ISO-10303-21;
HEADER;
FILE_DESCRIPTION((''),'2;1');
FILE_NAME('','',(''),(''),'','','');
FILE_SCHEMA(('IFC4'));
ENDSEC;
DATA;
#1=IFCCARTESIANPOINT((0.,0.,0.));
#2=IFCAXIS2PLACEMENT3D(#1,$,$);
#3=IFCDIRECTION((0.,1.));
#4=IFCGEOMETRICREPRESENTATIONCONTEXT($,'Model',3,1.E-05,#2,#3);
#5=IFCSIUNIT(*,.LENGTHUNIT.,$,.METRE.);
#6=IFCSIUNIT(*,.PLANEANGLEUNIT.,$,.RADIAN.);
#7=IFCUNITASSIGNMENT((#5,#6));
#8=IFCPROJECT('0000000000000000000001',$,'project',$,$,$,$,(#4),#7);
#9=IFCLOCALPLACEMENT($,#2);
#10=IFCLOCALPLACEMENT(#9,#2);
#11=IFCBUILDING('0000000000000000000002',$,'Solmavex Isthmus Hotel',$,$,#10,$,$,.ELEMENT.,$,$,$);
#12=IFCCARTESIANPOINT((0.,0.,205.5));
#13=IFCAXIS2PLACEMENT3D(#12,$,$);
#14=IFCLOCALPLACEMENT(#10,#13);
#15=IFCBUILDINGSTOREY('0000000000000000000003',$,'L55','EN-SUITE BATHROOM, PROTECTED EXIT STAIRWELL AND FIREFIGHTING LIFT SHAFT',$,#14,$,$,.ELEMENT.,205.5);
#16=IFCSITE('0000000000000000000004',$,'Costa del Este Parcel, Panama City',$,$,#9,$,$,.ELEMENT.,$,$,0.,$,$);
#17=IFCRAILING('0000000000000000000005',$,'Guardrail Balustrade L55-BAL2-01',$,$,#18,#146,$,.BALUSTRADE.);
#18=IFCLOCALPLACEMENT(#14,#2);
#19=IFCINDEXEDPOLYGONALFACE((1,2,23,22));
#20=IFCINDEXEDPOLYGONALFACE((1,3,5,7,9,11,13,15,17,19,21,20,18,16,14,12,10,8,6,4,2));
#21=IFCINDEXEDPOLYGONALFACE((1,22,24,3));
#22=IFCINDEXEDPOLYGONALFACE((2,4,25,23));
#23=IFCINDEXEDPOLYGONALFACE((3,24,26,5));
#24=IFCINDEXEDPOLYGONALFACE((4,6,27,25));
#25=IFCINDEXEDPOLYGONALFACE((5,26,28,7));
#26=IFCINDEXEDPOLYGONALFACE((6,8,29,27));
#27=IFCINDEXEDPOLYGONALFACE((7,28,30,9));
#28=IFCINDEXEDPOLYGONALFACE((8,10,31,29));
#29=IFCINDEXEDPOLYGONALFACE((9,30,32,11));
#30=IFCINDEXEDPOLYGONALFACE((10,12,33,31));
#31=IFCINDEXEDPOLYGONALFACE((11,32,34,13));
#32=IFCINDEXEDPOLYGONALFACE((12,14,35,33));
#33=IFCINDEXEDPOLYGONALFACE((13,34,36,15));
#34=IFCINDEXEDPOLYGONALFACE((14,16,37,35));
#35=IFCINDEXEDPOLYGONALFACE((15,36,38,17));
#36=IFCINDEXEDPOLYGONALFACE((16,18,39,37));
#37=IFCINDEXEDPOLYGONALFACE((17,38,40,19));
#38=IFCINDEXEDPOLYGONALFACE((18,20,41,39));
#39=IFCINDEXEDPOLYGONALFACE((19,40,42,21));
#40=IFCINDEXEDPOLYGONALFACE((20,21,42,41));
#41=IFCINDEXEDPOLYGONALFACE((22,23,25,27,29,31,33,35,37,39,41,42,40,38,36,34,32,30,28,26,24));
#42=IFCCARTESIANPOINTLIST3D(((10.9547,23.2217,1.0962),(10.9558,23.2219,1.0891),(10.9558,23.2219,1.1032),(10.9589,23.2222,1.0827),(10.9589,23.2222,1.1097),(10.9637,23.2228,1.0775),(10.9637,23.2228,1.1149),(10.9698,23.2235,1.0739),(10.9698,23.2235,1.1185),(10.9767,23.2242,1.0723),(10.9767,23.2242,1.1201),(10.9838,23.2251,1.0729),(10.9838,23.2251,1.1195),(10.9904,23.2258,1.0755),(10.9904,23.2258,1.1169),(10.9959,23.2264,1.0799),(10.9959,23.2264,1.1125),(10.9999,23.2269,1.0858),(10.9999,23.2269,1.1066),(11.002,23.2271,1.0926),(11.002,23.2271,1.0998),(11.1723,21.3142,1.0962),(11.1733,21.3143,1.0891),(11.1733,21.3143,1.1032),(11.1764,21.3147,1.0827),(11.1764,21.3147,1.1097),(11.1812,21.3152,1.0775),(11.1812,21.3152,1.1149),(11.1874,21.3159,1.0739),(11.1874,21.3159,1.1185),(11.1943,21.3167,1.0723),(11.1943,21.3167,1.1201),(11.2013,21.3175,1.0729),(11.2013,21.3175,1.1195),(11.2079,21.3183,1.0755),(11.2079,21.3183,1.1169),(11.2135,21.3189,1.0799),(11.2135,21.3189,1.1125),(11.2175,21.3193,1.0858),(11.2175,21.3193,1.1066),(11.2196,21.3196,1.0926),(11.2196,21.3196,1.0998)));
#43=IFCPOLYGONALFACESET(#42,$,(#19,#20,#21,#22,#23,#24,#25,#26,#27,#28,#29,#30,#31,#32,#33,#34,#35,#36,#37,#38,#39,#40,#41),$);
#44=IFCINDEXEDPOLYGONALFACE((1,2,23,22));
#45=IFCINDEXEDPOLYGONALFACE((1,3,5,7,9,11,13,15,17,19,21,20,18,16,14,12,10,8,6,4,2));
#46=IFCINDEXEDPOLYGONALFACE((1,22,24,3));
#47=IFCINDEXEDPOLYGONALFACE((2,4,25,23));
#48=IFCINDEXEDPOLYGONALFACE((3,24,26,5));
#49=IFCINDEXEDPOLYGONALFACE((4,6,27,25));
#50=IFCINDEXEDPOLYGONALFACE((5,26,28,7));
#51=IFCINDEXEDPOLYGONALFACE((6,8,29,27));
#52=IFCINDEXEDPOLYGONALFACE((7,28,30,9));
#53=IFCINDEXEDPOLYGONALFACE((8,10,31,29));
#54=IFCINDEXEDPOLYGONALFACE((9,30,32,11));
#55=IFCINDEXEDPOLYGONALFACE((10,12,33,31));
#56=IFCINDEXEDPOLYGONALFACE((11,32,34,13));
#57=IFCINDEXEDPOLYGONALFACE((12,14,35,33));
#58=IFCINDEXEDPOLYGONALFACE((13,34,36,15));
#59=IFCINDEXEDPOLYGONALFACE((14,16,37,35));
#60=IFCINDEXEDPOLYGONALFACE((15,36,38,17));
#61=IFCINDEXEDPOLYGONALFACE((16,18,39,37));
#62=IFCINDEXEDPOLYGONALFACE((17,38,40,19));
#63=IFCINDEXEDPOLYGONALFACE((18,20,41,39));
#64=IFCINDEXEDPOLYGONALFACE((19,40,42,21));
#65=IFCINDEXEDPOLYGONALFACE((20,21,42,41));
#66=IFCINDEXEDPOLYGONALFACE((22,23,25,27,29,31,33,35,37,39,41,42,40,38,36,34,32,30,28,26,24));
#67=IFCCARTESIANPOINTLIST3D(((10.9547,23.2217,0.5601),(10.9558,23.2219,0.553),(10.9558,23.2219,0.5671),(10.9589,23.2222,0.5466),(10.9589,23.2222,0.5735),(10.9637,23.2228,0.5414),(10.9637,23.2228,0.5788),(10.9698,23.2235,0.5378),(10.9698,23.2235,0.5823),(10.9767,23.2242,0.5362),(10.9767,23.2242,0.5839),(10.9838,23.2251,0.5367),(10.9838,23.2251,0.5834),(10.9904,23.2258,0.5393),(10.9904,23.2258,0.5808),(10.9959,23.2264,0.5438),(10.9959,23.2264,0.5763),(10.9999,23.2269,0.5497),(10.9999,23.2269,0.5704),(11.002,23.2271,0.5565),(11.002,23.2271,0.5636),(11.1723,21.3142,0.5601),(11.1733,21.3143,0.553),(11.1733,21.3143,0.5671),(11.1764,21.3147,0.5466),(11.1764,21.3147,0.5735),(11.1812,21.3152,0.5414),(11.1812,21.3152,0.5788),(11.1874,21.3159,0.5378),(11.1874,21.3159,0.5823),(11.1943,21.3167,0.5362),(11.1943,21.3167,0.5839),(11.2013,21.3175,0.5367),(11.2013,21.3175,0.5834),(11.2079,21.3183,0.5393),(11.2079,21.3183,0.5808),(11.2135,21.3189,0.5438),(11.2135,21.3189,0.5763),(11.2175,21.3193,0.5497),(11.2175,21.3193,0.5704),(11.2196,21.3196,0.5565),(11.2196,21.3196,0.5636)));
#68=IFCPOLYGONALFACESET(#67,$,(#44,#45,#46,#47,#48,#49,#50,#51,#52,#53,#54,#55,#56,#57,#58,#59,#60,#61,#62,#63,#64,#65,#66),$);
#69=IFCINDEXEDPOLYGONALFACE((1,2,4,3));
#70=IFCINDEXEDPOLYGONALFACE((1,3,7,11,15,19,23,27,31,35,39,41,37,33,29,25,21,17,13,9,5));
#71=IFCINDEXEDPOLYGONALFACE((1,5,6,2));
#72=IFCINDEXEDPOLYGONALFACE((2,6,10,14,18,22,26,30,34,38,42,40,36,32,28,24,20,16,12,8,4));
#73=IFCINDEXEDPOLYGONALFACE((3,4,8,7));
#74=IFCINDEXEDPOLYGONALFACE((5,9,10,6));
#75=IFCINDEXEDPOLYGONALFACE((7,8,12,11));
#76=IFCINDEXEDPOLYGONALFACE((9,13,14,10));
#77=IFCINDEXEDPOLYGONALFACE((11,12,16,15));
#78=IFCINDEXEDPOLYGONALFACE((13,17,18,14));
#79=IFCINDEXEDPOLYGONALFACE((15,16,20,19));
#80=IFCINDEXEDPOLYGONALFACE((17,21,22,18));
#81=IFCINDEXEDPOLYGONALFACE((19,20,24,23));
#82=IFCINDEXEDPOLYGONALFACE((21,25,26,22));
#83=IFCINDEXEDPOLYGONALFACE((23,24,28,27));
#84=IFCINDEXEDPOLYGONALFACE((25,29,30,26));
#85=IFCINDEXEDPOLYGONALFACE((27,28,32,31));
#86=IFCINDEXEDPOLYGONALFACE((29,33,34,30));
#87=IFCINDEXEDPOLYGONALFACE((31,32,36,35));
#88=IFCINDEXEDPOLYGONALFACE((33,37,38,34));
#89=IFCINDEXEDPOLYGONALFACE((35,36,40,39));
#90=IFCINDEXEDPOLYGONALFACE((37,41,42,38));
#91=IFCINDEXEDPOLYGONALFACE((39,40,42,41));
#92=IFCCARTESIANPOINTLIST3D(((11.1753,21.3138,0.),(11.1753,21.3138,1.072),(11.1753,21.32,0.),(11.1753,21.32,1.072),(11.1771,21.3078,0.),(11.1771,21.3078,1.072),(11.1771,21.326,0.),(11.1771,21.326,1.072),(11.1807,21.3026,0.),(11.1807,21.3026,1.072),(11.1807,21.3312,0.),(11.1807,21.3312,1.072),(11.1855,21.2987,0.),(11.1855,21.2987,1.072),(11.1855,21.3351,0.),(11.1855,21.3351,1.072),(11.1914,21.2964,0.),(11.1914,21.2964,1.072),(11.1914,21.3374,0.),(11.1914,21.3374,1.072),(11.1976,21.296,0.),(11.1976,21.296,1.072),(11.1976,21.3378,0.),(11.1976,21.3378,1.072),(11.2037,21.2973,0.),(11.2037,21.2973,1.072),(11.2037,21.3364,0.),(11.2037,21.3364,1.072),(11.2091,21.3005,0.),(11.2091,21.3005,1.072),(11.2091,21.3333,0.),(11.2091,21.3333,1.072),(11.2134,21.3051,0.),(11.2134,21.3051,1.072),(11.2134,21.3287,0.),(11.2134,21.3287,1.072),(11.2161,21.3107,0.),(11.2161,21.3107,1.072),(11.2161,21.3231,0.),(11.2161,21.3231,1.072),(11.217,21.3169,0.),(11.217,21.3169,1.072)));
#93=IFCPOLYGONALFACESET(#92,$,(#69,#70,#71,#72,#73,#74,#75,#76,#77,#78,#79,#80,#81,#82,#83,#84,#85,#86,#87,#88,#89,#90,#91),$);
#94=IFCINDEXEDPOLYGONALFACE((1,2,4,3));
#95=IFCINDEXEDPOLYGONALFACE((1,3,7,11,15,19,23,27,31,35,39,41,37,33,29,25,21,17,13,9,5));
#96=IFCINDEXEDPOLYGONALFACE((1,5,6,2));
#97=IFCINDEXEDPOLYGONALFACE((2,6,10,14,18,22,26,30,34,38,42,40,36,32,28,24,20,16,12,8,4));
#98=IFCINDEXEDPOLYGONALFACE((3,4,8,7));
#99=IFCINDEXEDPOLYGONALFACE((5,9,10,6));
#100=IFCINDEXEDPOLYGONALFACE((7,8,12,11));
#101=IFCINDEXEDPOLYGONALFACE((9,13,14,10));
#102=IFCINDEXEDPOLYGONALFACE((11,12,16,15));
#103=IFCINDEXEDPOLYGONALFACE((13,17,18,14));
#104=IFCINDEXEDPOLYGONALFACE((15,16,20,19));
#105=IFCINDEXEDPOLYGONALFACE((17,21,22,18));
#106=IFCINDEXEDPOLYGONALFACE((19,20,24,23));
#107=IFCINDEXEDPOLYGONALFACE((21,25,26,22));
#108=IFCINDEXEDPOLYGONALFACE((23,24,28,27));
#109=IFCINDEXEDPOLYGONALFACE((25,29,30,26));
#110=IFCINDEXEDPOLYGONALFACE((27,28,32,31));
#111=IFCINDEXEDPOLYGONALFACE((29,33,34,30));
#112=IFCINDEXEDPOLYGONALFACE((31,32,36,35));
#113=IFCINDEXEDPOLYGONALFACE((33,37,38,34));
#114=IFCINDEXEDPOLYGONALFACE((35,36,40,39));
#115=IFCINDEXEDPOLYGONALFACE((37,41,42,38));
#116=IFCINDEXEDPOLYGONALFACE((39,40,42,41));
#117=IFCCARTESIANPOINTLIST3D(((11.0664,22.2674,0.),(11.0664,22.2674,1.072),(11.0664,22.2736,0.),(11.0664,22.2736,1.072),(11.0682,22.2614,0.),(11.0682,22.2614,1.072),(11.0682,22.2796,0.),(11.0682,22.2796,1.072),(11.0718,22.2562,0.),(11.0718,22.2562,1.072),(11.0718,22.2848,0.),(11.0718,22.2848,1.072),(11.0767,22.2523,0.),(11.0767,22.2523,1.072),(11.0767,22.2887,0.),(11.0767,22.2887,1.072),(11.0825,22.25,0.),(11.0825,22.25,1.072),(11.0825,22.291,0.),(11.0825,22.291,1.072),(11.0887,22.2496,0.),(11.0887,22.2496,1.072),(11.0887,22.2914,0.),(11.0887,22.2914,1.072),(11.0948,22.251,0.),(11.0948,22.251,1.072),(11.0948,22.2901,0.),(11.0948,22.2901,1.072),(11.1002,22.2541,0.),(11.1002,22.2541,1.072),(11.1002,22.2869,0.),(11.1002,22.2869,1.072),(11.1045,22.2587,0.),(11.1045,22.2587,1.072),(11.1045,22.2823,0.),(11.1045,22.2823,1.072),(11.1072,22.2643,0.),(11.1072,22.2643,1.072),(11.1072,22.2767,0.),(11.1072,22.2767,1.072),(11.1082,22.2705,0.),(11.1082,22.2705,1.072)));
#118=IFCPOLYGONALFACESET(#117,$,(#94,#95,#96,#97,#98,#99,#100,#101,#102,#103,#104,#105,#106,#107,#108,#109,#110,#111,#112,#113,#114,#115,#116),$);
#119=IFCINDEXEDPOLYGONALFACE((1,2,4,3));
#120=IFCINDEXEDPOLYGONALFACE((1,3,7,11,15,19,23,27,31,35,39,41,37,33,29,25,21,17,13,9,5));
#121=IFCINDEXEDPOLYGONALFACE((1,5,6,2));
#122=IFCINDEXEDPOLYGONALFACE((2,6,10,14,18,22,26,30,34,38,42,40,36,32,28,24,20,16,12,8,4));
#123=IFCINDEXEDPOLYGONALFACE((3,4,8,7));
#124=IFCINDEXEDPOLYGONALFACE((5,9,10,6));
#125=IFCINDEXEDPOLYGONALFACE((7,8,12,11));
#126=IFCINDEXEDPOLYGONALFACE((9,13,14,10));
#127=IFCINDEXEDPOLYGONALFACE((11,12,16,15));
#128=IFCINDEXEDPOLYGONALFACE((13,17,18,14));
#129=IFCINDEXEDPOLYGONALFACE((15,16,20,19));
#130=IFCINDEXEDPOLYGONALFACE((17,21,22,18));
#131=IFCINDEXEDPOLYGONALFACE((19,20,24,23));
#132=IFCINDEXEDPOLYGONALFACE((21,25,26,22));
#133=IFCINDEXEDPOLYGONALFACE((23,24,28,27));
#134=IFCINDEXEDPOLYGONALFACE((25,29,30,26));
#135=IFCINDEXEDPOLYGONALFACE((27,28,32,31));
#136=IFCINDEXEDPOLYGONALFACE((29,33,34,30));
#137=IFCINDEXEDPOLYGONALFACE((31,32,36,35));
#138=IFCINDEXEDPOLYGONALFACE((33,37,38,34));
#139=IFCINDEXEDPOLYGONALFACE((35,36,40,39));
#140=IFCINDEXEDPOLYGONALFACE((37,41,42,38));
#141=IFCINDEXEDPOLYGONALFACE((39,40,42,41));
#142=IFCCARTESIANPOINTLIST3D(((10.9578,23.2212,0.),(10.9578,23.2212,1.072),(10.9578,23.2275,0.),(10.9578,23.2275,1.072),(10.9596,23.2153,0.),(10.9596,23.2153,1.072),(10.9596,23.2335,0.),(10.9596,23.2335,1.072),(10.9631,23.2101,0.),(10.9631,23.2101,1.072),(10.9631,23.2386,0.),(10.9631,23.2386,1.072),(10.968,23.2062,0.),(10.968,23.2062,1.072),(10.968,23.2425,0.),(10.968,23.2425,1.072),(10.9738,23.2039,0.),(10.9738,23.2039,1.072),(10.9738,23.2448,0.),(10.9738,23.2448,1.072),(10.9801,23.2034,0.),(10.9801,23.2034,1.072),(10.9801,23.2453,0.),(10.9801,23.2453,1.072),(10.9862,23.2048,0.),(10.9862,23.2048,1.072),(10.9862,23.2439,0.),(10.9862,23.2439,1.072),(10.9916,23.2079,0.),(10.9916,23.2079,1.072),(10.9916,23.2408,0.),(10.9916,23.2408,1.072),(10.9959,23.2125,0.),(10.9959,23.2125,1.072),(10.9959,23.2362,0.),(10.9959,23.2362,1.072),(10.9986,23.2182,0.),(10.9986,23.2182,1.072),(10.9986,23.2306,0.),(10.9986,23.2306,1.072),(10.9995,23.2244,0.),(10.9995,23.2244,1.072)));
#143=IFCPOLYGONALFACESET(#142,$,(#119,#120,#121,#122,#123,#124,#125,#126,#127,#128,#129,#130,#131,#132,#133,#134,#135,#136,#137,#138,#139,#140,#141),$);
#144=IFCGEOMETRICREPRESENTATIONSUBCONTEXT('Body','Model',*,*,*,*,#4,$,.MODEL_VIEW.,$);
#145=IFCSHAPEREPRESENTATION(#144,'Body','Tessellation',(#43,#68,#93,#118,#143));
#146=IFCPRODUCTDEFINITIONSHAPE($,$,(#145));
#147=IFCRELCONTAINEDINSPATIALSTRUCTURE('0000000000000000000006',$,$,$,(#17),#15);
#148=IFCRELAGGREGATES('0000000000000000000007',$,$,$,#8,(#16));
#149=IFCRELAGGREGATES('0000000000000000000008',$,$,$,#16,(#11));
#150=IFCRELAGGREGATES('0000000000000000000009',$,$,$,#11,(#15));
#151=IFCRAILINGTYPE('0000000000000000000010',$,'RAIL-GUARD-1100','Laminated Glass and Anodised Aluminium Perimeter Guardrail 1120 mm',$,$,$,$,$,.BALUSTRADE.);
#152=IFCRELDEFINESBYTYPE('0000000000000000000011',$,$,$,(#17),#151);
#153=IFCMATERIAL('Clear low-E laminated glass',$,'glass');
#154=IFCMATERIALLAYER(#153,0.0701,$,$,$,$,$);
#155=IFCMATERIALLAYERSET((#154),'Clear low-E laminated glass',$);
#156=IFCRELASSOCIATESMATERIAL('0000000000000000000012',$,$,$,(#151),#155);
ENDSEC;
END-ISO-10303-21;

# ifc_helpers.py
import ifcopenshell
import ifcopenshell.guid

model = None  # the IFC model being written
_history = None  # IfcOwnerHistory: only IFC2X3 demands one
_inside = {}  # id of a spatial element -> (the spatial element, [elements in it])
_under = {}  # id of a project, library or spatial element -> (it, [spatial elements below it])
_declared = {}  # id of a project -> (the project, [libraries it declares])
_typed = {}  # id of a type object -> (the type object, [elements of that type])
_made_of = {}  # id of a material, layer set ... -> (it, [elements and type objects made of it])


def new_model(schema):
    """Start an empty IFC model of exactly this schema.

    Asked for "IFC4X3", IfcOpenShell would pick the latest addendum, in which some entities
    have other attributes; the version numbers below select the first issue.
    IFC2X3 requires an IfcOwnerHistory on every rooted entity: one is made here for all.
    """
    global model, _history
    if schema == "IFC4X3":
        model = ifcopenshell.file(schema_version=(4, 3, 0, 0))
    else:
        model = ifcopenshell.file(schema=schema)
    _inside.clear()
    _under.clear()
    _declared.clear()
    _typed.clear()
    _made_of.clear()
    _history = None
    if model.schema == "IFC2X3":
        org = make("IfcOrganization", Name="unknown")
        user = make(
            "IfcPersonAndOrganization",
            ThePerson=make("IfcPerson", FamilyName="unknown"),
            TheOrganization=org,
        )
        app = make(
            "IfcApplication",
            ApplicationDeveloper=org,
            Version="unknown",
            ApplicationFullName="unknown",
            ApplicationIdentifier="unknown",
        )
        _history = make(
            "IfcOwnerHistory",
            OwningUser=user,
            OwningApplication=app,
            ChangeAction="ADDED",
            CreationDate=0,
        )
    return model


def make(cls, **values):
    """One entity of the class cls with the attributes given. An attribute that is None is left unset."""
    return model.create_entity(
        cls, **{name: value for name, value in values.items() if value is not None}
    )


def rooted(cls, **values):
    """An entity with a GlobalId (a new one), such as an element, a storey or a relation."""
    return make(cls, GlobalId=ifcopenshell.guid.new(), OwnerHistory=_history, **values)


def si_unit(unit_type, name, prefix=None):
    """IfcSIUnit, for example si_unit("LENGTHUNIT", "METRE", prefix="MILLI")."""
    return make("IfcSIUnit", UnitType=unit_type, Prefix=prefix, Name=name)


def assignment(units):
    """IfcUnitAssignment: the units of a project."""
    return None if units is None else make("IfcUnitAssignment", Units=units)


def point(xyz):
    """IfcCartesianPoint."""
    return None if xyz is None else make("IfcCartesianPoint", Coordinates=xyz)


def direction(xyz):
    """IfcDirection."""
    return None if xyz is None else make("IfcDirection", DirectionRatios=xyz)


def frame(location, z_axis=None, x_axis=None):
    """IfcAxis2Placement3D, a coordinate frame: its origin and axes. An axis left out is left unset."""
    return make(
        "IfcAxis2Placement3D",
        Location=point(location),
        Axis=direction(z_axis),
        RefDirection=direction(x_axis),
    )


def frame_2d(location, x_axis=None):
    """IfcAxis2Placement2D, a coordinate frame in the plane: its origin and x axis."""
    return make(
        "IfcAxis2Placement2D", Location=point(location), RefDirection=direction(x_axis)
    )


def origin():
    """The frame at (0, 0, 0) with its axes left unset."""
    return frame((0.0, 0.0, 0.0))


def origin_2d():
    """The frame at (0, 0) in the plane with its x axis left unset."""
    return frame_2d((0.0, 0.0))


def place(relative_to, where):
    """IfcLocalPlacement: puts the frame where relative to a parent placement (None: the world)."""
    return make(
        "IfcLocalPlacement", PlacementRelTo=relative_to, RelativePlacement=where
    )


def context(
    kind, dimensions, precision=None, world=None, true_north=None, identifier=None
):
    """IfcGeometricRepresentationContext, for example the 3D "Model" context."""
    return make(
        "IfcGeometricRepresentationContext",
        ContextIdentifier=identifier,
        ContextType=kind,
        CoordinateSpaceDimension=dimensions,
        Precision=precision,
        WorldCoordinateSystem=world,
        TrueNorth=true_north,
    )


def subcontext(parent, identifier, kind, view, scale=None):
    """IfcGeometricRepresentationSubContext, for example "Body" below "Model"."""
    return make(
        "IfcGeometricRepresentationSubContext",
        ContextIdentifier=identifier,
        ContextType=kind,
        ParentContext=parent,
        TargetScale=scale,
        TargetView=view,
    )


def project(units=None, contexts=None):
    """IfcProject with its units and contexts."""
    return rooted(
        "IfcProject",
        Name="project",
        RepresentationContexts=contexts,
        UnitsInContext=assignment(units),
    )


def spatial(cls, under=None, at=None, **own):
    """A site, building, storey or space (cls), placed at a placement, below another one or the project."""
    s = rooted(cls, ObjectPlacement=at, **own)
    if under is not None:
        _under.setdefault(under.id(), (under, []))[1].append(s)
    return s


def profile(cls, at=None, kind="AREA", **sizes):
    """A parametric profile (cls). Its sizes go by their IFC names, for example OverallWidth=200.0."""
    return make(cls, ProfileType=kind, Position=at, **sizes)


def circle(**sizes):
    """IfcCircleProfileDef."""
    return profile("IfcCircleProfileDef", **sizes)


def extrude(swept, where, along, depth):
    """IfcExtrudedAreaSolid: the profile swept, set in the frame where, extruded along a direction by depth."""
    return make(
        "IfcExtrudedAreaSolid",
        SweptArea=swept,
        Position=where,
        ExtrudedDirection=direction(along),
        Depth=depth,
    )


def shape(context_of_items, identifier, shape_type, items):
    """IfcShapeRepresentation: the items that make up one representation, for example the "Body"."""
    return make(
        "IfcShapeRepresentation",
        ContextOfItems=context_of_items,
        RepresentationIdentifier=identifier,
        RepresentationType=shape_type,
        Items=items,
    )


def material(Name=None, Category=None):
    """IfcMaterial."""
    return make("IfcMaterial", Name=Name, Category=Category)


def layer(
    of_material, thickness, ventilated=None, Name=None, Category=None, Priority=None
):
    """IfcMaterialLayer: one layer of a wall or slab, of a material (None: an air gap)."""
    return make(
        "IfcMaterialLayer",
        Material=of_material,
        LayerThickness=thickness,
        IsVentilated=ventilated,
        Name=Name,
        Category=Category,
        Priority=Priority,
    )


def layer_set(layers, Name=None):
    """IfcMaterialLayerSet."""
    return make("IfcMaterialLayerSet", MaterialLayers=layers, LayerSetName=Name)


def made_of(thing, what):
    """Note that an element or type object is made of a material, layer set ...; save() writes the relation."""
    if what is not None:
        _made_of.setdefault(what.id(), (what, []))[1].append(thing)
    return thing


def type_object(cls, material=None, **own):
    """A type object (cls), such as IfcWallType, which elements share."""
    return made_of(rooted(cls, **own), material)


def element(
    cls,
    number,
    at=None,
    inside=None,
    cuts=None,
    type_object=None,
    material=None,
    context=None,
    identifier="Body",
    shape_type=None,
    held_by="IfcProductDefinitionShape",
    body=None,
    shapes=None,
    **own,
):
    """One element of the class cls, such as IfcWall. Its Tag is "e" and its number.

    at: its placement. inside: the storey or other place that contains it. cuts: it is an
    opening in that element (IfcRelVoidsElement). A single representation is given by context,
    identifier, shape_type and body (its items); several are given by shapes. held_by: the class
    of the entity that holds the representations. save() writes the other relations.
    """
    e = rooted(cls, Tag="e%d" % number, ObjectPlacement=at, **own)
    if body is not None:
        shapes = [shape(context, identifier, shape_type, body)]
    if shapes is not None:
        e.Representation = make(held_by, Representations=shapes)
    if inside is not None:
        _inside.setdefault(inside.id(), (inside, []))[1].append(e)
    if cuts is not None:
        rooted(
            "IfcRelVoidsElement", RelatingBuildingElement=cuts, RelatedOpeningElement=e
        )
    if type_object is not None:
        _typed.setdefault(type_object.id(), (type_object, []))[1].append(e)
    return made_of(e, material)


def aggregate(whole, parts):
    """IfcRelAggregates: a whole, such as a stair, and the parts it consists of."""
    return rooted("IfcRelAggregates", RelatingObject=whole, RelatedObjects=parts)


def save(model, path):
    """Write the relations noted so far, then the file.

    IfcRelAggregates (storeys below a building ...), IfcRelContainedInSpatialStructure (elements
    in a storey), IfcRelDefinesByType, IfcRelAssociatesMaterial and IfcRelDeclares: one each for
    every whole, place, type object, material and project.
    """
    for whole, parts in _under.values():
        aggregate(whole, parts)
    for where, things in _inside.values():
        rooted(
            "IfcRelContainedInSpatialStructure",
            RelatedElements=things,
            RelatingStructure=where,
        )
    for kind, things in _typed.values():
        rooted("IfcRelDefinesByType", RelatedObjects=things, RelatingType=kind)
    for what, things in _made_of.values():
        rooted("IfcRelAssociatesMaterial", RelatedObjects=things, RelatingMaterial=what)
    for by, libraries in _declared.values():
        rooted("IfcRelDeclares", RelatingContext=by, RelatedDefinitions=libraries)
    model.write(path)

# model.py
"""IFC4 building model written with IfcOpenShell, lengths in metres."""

from ifc_helpers import new_model, si_unit, direction, frame, origin, origin_2d, place, context, subcontext, project, spatial, circle, extrude, material, layer, layer_set, type_object, element, save


model = new_model("IFC4")

# Units and contexts
model_context = context("Model", 3, precision=1e-05, world=origin(), true_north=direction((0.0, 1.0)))
body_context = subcontext(model_context, "Body", "Model", "MODEL_VIEW")
ifc_project = project(units=[si_unit("LENGTHUNIT", "METRE"), si_unit("PLANEANGLEUNIT", "RADIAN")], contexts=[model_context])

# Site, building, storey
site_placement = place(None, origin())
site = spatial("IfcSite", under=ifc_project, at=site_placement, Name="Costa del Este Parcel, Panama City", CompositionType="ELEMENT", RefElevation=0.0)
building_placement = place(site_placement, origin())
building = spatial("IfcBuilding", under=site, at=building_placement, Name="Solmavex Isthmus Hotel", CompositionType="ELEMENT")
storey_placement = place(building_placement, frame((0.0, 0.0, 205.5)))
storey = spatial("IfcBuildingStorey", under=building, at=storey_placement, Name="L55", Description="EN-SUITE BATHROOM, PROTECTED EXIT STAIRWELL AND FIREFIGHTING LIFT SHAFT", CompositionType="ELEMENT", Elevation=205.5)

# Shared definitions
ifc_material_1 = material(Name="Clear low-E laminated glass", Category="glass")

# Railing
ifc_layer_1 = layer(ifc_material_1, 0.0701)
ifc_layer_set_1 = layer_set([ifc_layer_1], Name="Clear low-E laminated glass")
railing_type = type_object("IfcRailingType", Name="RAIL-GUARD-1100", Description="Laminated Glass and Anodised Aluminium Perimeter Guardrail 1120 mm", PredefinedType="BALUSTRADE", material=ifc_layer_set_1)
railing_1_placement = place(storey_placement, frame((11.196, 21.3169, 0.0)))
element("IfcRailing", 1, at=railing_1_placement, inside=storey, type_object=railing_type, Name="Guardrail Balustrade L55-BAL2-01", PredefinedType="BALUSTRADE", context=body_context, shape_type="SweptSolid", body=[
    extrude(circle(Radius=0.0239, at=origin_2d()), frame((0.0, 0.0, 1.0962), z_axis=(-0.113306, 0.99356, 0.0), x_axis=(-0.99356, -0.113306, 0.0)), (0.0, 0.0, 1.0), 1.9199),
    extrude(circle(Radius=0.0239, at=origin_2d()), frame((0.0, 0.0, 0.5601), z_axis=(-0.113306, 0.99356, 0.0), x_axis=(-0.99356, -0.113306, 0.0)), (0.0, 0.0, 1.0), 1.9199),
    extrude(circle(Radius=0.021, at=origin_2d()), origin(), (0.0, 0.0, 1.0), 1.072),
    extrude(circle(Radius=0.021, at=origin_2d()), frame((-0.1089, 0.9536, 0.0)), (0.0, 0.0, 1.0), 1.072),
    extrude(circle(Radius=0.021, at=origin_2d()), frame((-0.2175, 1.9075, 0.0)), (0.0, 0.0, 1.0), 1.072),
])

save(model, "model.ifc")
